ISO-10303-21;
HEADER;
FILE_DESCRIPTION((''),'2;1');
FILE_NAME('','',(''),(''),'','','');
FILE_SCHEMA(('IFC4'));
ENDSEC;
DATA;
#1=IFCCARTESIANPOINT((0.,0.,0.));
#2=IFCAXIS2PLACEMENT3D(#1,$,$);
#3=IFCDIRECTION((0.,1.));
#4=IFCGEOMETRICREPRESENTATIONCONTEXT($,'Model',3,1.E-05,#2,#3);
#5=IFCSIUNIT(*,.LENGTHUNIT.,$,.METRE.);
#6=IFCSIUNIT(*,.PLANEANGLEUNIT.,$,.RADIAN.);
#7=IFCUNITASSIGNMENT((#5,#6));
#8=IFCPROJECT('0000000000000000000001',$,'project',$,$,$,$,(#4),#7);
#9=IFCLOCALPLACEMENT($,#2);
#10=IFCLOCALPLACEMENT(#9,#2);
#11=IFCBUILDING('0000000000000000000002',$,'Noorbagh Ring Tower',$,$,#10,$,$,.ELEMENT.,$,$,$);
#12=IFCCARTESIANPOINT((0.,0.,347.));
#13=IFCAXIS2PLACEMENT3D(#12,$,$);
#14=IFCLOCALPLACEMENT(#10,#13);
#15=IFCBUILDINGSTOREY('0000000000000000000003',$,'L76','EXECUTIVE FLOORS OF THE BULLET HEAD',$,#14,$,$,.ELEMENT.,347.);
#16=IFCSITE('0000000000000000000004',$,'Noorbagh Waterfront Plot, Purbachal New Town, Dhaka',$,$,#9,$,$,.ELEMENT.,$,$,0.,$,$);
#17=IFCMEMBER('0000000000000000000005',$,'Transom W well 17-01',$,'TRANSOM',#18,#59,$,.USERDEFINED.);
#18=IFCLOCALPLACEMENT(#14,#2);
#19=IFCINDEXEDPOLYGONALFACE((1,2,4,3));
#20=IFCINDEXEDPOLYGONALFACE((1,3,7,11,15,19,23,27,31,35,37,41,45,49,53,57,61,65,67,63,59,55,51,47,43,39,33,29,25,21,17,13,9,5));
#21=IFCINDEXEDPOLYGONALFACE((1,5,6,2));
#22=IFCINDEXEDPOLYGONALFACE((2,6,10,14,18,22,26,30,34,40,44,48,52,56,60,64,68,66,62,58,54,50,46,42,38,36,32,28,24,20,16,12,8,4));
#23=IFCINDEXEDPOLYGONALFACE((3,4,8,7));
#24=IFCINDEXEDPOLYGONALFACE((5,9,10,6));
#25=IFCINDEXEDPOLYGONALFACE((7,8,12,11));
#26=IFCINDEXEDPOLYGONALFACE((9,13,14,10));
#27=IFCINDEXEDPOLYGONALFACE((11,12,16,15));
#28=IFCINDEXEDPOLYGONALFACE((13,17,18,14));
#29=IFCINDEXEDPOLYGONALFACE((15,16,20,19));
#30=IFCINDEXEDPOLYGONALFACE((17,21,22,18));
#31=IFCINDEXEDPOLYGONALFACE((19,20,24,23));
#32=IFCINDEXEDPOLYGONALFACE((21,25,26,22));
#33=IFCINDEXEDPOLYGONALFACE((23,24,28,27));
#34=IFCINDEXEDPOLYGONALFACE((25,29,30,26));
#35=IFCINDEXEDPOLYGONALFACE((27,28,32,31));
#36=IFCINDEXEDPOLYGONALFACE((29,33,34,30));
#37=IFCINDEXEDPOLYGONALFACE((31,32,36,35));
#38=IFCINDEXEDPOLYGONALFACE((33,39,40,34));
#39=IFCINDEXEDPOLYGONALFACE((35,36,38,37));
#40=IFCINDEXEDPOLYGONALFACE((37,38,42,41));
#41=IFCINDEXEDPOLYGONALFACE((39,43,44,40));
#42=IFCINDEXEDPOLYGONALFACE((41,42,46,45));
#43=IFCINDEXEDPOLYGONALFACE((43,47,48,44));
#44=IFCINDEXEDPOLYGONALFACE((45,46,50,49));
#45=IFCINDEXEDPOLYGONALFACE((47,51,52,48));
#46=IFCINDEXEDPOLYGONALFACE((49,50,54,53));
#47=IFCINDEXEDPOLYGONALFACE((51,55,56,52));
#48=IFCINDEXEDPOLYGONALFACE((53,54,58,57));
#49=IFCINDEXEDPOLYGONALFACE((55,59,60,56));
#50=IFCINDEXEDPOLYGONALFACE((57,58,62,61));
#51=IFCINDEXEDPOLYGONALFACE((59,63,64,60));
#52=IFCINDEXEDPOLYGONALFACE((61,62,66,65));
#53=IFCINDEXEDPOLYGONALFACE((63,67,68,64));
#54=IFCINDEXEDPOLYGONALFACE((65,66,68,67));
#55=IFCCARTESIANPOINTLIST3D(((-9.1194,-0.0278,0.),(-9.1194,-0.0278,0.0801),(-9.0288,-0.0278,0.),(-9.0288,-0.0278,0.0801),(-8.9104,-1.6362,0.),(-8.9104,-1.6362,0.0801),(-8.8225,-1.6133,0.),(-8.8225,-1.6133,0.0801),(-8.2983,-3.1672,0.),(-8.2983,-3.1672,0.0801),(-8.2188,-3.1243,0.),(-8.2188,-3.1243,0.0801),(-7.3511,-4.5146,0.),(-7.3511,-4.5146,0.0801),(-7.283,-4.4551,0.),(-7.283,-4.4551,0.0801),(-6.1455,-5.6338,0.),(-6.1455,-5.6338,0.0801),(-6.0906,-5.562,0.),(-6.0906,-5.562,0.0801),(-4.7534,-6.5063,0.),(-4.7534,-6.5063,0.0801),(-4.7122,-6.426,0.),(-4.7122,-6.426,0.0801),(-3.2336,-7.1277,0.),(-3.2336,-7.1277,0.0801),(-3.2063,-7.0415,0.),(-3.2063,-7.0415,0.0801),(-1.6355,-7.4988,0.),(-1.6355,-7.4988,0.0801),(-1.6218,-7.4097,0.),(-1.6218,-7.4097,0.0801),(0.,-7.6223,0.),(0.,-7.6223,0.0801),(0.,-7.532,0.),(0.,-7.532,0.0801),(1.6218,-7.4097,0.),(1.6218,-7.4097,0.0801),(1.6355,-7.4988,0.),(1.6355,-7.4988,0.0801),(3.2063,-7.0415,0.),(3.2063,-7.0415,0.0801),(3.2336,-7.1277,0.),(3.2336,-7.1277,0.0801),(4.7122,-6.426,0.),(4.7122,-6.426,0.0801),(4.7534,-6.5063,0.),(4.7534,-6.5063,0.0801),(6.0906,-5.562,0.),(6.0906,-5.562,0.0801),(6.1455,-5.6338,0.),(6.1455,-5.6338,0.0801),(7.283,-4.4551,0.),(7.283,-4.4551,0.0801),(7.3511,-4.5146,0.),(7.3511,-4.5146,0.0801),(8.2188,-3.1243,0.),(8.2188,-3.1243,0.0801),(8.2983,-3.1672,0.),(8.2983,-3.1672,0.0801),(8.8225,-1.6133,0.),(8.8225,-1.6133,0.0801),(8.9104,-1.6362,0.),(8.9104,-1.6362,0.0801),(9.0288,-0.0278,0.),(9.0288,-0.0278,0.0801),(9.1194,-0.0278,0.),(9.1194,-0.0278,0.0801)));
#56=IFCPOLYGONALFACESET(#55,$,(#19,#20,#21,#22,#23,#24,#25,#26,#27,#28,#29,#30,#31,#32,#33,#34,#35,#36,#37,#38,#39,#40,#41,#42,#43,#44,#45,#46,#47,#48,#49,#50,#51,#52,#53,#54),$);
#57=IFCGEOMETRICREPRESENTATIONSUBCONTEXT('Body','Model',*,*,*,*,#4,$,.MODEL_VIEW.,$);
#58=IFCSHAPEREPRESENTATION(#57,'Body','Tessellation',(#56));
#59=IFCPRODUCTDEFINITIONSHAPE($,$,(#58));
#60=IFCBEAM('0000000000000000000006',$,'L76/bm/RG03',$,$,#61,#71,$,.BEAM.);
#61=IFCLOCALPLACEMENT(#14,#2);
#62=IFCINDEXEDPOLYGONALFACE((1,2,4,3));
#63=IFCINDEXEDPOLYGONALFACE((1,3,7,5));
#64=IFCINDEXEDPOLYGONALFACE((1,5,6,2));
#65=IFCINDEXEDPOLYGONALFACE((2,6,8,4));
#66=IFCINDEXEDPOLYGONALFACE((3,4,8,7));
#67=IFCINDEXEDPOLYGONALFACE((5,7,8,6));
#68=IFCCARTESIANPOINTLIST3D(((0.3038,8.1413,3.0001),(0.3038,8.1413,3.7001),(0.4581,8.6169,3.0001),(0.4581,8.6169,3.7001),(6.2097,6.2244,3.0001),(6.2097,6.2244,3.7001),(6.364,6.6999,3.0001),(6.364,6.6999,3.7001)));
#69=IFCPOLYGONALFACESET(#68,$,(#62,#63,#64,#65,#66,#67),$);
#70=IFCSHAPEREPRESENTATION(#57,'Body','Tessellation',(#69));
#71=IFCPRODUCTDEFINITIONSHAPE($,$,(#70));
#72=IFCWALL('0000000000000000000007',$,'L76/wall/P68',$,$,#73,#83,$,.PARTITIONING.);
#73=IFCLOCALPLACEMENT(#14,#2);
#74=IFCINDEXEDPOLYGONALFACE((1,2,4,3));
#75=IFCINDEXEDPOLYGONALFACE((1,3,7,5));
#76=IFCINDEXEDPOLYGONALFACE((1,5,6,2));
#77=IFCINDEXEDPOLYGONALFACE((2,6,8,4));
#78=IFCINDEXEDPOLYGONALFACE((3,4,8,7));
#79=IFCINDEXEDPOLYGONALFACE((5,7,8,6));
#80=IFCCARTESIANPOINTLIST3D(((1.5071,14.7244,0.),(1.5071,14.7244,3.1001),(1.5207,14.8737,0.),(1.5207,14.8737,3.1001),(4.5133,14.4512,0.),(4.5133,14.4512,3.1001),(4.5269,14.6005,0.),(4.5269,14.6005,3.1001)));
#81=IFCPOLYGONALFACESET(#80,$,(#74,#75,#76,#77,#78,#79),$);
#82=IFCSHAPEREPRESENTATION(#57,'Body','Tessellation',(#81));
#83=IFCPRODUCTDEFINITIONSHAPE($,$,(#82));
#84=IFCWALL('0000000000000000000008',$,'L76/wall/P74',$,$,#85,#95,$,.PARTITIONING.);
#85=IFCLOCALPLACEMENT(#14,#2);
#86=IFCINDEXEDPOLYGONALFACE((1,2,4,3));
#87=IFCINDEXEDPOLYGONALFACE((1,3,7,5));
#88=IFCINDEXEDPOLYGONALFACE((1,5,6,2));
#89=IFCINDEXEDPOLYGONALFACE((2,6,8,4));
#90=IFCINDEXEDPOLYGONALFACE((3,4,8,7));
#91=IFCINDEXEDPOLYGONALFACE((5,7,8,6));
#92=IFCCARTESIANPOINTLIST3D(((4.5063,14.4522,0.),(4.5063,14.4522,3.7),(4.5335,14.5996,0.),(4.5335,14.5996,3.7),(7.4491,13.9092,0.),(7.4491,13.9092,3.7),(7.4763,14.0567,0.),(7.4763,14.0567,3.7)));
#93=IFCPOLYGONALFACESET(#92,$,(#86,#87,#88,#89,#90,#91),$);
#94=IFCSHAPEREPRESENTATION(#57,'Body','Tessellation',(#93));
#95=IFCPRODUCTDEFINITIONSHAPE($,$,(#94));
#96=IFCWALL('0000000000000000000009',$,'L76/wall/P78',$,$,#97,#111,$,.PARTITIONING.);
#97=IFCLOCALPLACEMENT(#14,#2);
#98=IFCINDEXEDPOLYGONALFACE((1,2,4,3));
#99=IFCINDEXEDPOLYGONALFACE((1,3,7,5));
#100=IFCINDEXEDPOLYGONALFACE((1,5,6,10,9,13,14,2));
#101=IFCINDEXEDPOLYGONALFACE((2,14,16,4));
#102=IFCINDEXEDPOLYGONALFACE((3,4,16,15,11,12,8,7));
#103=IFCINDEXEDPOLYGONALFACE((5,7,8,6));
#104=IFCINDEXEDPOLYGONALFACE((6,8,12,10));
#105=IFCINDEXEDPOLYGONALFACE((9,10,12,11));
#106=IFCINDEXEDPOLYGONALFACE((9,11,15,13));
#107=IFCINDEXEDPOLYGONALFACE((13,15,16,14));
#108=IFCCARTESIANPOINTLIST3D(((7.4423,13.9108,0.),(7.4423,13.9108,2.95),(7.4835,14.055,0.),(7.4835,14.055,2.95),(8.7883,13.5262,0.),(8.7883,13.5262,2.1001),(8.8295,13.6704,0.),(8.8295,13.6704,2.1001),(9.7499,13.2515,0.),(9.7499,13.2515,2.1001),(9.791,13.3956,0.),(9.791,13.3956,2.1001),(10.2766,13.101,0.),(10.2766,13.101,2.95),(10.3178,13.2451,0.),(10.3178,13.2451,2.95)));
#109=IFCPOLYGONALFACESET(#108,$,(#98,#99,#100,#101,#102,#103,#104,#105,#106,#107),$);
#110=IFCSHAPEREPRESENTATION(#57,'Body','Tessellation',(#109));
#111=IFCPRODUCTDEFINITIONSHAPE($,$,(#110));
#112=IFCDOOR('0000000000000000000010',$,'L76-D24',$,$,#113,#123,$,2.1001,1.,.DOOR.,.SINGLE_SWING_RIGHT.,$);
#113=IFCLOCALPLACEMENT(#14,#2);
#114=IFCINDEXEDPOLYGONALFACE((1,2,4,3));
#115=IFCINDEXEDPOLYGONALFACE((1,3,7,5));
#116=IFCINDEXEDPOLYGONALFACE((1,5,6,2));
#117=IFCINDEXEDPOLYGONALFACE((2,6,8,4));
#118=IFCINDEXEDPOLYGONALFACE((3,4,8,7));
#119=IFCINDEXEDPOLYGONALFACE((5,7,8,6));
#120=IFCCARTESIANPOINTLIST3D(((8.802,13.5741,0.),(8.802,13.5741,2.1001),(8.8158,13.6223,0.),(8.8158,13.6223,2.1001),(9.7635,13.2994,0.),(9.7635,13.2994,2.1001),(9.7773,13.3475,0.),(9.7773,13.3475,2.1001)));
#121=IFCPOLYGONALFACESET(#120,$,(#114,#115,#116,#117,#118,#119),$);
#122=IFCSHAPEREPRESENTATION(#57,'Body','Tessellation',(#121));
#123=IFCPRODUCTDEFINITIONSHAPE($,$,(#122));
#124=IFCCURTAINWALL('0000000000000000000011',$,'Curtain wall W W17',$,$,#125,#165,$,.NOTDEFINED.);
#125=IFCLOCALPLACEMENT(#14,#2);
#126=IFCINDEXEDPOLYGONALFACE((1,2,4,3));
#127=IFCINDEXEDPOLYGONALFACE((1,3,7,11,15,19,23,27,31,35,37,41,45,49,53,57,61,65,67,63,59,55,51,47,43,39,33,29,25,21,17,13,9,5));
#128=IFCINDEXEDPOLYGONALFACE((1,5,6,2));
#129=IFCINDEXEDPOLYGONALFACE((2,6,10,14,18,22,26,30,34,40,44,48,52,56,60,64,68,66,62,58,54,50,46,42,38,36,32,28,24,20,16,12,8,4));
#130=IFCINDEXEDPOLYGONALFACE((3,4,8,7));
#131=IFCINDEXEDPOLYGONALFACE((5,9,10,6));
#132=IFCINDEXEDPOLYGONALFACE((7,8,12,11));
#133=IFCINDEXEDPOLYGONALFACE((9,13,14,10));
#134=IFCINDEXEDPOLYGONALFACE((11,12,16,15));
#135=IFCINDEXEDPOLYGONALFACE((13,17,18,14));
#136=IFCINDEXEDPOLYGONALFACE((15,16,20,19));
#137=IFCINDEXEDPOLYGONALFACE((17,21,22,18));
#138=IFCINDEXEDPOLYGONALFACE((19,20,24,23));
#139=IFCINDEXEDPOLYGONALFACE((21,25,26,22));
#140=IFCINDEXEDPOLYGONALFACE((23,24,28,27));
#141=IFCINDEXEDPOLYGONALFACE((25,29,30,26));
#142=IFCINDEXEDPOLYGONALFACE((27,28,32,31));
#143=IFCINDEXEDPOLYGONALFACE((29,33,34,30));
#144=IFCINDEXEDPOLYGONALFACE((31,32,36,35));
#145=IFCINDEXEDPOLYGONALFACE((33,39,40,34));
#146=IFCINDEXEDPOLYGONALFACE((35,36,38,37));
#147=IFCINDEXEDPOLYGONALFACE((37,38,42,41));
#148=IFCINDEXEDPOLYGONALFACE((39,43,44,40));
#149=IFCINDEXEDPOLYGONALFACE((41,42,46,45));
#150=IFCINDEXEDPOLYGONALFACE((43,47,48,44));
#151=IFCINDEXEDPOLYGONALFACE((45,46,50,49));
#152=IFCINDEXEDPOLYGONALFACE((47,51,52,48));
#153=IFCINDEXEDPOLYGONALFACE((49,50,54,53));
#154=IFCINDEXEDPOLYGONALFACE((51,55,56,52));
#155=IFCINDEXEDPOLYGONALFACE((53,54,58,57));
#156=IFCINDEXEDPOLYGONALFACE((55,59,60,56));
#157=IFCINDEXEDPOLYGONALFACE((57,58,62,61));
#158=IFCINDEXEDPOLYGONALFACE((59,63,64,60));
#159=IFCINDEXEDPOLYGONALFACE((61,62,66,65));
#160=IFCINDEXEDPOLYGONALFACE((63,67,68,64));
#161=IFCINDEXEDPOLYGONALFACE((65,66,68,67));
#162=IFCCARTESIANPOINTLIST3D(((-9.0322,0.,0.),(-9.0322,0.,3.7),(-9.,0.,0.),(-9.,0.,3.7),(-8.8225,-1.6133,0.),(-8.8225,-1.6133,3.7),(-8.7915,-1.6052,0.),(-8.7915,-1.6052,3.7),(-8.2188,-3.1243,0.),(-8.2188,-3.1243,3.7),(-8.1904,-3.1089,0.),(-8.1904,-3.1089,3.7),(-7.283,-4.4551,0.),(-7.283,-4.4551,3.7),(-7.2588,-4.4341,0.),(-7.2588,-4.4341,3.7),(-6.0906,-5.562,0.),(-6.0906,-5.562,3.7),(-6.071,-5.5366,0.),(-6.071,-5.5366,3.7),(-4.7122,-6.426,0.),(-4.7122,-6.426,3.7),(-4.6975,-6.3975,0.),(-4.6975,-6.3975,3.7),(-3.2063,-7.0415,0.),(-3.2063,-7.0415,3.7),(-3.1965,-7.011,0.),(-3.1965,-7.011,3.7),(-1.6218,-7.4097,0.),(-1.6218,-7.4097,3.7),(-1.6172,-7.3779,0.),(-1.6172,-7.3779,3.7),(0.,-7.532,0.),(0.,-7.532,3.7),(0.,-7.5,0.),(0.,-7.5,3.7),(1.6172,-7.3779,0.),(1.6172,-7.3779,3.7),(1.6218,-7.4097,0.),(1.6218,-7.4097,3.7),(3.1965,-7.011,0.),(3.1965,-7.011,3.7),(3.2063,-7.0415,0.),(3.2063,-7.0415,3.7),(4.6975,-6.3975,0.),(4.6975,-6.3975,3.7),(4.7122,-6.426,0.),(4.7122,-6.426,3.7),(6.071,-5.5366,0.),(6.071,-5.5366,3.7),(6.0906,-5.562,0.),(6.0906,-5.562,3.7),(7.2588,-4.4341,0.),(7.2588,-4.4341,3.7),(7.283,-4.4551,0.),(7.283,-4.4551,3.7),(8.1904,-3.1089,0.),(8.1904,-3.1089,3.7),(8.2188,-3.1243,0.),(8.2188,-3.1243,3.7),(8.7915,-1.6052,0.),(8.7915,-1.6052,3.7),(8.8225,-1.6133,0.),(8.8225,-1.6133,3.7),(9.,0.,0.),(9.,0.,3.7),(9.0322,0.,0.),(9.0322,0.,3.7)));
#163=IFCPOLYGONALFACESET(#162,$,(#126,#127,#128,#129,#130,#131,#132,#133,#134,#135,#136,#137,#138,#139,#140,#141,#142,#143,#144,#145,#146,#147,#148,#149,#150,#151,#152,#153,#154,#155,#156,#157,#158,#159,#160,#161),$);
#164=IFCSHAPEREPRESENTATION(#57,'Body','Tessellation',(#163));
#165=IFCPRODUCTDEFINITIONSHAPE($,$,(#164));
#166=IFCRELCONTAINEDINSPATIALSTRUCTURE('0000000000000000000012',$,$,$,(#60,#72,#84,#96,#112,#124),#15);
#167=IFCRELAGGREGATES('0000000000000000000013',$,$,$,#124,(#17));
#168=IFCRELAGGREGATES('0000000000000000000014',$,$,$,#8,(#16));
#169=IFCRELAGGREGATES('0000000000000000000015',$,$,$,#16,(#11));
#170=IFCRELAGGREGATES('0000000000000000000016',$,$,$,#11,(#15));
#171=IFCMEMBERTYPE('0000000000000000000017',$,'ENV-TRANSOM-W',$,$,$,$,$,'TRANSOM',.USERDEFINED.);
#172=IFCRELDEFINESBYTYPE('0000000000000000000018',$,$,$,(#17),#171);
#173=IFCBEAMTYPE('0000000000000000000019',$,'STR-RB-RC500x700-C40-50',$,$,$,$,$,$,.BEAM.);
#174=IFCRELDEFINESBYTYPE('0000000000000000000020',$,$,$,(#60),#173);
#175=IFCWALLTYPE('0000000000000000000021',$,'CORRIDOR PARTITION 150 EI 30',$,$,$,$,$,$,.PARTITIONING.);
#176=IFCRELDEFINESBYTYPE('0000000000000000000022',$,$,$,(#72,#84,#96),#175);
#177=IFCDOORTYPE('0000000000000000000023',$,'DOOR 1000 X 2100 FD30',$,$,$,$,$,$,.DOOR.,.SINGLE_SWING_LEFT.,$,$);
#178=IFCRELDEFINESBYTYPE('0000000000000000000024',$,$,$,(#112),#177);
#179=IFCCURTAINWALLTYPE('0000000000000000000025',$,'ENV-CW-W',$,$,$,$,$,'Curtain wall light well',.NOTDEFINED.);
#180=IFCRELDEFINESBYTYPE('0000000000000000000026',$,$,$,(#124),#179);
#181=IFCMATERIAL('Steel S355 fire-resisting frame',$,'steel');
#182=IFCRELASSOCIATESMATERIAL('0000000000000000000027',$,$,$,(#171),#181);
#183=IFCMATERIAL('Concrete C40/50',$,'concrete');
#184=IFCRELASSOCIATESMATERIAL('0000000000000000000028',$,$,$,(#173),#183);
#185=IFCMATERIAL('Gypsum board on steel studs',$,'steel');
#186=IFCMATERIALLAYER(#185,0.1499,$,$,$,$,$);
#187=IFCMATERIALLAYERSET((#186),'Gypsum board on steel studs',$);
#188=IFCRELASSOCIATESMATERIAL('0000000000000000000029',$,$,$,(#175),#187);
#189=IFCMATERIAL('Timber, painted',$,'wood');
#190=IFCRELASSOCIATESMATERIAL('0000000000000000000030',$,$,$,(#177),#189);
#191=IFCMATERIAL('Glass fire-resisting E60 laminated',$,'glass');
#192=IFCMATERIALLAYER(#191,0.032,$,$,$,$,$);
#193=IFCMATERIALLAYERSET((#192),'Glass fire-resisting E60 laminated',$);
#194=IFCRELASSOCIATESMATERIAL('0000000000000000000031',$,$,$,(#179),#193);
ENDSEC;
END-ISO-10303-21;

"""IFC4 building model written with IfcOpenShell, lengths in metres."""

from ifc_helpers import new_model, si_unit, direction, frame, frame_2d, origin, origin_2d, place, context, subcontext, project, spatial, polyline, rectangle, outline, extrude, material, layer, layer_set, material_profile, profile_set, type_object, element, fill, aggregate, save


model = new_model("IFC4")

# Units and contexts
model_context = context("Model", 3, precision=1e-05, world=origin(), true_north=direction((0.0, 1.0)))
body_context = subcontext(model_context, "Body", "Model", "MODEL_VIEW")
ifc_project = project(units=[si_unit("LENGTHUNIT", "METRE"), si_unit("PLANEANGLEUNIT", "RADIAN")], contexts=[model_context])

# Site, building, storey
site_placement = place(None, origin())
site = spatial("IfcSite", under=ifc_project, at=site_placement, Name="Noorbagh Waterfront Plot, Purbachal New Town, Dhaka", CompositionType="ELEMENT", RefElevation=0.0)
building_placement = place(site_placement, origin())
building = spatial("IfcBuilding", under=site, at=building_placement, Name="Noorbagh Ring Tower", CompositionType="ELEMENT")
storey_placement = place(building_placement, frame((0.0, 0.0, 347.0)))
storey = spatial("IfcBuildingStorey", under=building, at=storey_placement, Name="L76", Description="EXECUTIVE FLOORS OF THE BULLET HEAD", CompositionType="ELEMENT", Elevation=347.0)

# Member
ifc_material_1 = material(Name="Steel S355 fire-resisting frame", Category="steel")
member_type_1 = type_object("IfcMemberType", Name="ENV-TRANSOM-W", ElementType="TRANSOM", PredefinedType="USERDEFINED", material=ifc_material_1)
member_1_placement = place(storey_placement, origin())
member_1 = element("IfcMember", 1, at=member_1_placement, type_object=member_type_1, Name="Transom W well 17-01", ObjectType="TRANSOM", PredefinedType="USERDEFINED", context=body_context, shape_type="SweptSolid", body=[
    extrude(outline(polyline([(-9.1194, -0.0278), (-8.9104, -1.6362), (-8.2983, -3.1672), (-7.3511, -4.5146), (-6.1455, -5.6338), (-4.7534, -6.5063), (-3.2336, -7.1277), (-1.6355, -7.4988), (0.0, -7.6223), (1.6355, -7.4988), (3.2336, -7.1277), (4.7534, -6.5063), (6.1455, -5.6338), (7.3511, -4.5146), (8.2983, -3.1672), (8.9104, -1.6362), (9.1194, -0.0278), (9.0288, -0.0278), (8.8225, -1.6133), (8.2188, -3.1243), (7.283, -4.4551), (6.0906, -5.562), (4.7122, -6.426), (3.2063, -7.0415), (1.6218, -7.4097), (0.0, -7.532), (-1.6218, -7.4097), (-3.2063, -7.0415), (-4.7122, -6.426), (-6.0906, -5.562), (-7.283, -4.4551), (-8.2188, -3.1243), (-8.8225, -1.6133), (-9.0288, -0.0278), (-9.1194, -0.0278)])), origin(), (0.0, 0.0, 1.0), 0.0801),
])

# Beam
ifc_material_2 = material(Name="Concrete C40/50", Category="concrete")
ifc_material_profile_1 = material_profile(ifc_material_2, rectangle(XDim=0.5, YDim=0.7, at=origin_2d()), Name="RC500x700")
ifc_profile_set_1 = profile_set([ifc_material_profile_1], Name="Concrete C40/50")
beam_type = type_object("IfcBeamType", Name="STR-RB-RC500x700-C40-50", PredefinedType="BEAM", material=ifc_profile_set_1)
beam_placement = place(storey_placement, frame((6.2869, 6.4622, 3.3501), z_axis=(-0.95115, 0.308728, 0.0), x_axis=(-0.308728, -0.95115, 0.0)))
element("IfcBeam", 2, at=beam_placement, inside=storey, type_object=beam_type, Name="L76/bm/RG03", PredefinedType="BEAM", context=body_context, shape_type="SweptSolid", body=[
    extrude(rectangle(XDim=0.5, YDim=0.7, at=origin_2d()), origin(), (0.0, 0.0, 1.0), 6.2092),
])

# Walls
ifc_material_3 = material(Name="Gypsum board on steel studs", Category="steel")
ifc_layer_1 = layer(ifc_material_3, 0.1499)
ifc_layer_set_1 = layer_set([ifc_layer_1], Name="Gypsum board on steel studs")
wall_type_1 = type_object("IfcWallType", Name="CORRIDOR PARTITION 150 EI 30", PredefinedType="PARTITIONING", material=ifc_layer_set_1)
wall_1_placement = place(storey_placement, frame((1.5139, 14.7991, 0.0), z_axis=(0.0, 0.0, 1.0), x_axis=(0.995896, -0.090507, 0.0)))
element("IfcWall", 3, at=wall_1_placement, inside=storey, type_object=wall_type_1, Name="L76/wall/P68", PredefinedType="PARTITIONING", context=body_context, shape_type="SweptSolid", body=[
    extrude(rectangle(XDim=3.0186, YDim=0.1499, at=frame_2d((1.5093, 0.0))), origin(), (0.0, 0.0, 1.0), 3.1001),
])
wall_2_placement = place(storey_placement, frame((4.52, 14.5259, 0.0), z_axis=(0.0, 0.0, 1.0), x_axis=(0.983402, -0.181441, 0.0)))
element("IfcWall", 4, at=wall_2_placement, inside=storey, type_object=wall_type_1, Name="L76/wall/P74", PredefinedType="PARTITIONING", context=body_context, shape_type="SweptSolid", body=[
    extrude(rectangle(XDim=2.9924, YDim=0.1499, at=frame_2d((1.4961, 0.0))), origin(), (0.0, 0.0, 1.0), 3.7),
])

# Wall, opening, door
wall_3_placement = place(storey_placement, frame((7.4629, 13.9829, 0.0), z_axis=(0.0, 0.0, 1.0), x_axis=(0.961521, -0.274732, 0.0)))
wall_3 = element("IfcWall", 5, at=wall_3_placement, inside=storey, type_object=wall_type_1, Name="L76/wall/P78", PredefinedType="PARTITIONING", context=body_context, shape_type="SweptSolid", body=[
    extrude(rectangle(XDim=2.9478, YDim=0.1499, at=frame_2d((1.4739, 0.0))), origin(), (0.0, 0.0, 1.0), 2.95),
])
opening_placement = place(wall_3_placement, frame((1.3999, 0.0, 0.0)))
opening = element("IfcOpeningElement", 6, at=opening_placement, cuts=wall_3, PredefinedType="OPENING", context=body_context, shape_type="SweptSolid", body=[
    extrude(rectangle(XDim=1.0, YDim=2.1001, at=frame_2d((0.5, 1.05))), frame((0.0, 0.085, 0.0), z_axis=(0.0, -1.0, 0.0), x_axis=(1.0, 0.0, 0.0)), (0.0, 0.0, 1.0), 0.1699),
])
ifc_material_4 = material(Name="Timber, painted", Category="wood")
door_type = type_object("IfcDoorType", Name="DOOR 1000 X 2100 FD30", OperationType="SINGLE_SWING_LEFT", PredefinedType="DOOR", material=ifc_material_4)
door_placement = place(opening_placement, origin())
door = element("IfcDoor", 7, at=door_placement, inside=storey, type_object=door_type, Name="L76-D24", OperationType="SINGLE_SWING_RIGHT", OverallHeight=2.1001, OverallWidth=1.0, PredefinedType="DOOR", context=body_context, shape_type="SweptSolid", body=[
    extrude(rectangle(XDim=1.0, YDim=2.1001, at=frame_2d((0.5, 1.05))), frame((0.0, 0.0249, 0.0), z_axis=(0.0, -1.0, 0.0), x_axis=(1.0, 0.0, 0.0)), (0.0, 0.0, 1.0), 0.05),
])
fill(opening, door)

# Curtain wall
ifc_material_5 = material(Name="Glass fire-resisting E60 laminated", Category="glass")
ifc_layer_2 = layer(ifc_material_5, 0.032)
ifc_layer_set_2 = layer_set([ifc_layer_2], Name="Glass fire-resisting E60 laminated")
curtain_wall_type_1 = type_object("IfcCurtainWallType", Name="ENV-CW-W", ElementType="Curtain wall light well", PredefinedType="NOTDEFINED", material=ifc_layer_set_2)
curtain_wall_1_placement = place(storey_placement, origin())
curtain_wall_1 = element("IfcCurtainWall", 8, at=curtain_wall_1_placement, inside=storey, type_object=curtain_wall_type_1, Name="Curtain wall W W17", PredefinedType="NOTDEFINED", context=body_context, shape_type="SweptSolid", body=[
    extrude(outline(polyline([(-9.0322, 0.0), (-8.8225, -1.6133), (-8.2188, -3.1243), (-7.283, -4.4551), (-6.0906, -5.562), (-4.7122, -6.426), (-3.2063, -7.0415), (-1.6218, -7.4097), (0.0, -7.532), (1.6218, -7.4097), (3.2063, -7.0415), (4.7122, -6.426), (6.0906, -5.562), (7.283, -4.4551), (8.2188, -3.1243), (8.8225, -1.6133), (9.0322, 0.0), (9.0, 0.0), (8.7915, -1.6052), (8.1904, -3.1089), (7.2588, -4.4341), (6.071, -5.5366), (4.6975, -6.3975), (3.1965, -7.011), (1.6172, -7.3779), (0.0, -7.5), (-1.6172, -7.3779), (-3.1965, -7.011), (-4.6975, -6.3975), (-6.071, -5.5366), (-7.2588, -4.4341), (-8.1904, -3.1089), (-8.7915, -1.6052), (-9.0, 0.0), (-9.0322, 0.0)])), origin(), (0.0, 0.0, 1.0), 3.7),
])
aggregate(curtain_wall_1, [member_1])

save(model, "model.ifc")
